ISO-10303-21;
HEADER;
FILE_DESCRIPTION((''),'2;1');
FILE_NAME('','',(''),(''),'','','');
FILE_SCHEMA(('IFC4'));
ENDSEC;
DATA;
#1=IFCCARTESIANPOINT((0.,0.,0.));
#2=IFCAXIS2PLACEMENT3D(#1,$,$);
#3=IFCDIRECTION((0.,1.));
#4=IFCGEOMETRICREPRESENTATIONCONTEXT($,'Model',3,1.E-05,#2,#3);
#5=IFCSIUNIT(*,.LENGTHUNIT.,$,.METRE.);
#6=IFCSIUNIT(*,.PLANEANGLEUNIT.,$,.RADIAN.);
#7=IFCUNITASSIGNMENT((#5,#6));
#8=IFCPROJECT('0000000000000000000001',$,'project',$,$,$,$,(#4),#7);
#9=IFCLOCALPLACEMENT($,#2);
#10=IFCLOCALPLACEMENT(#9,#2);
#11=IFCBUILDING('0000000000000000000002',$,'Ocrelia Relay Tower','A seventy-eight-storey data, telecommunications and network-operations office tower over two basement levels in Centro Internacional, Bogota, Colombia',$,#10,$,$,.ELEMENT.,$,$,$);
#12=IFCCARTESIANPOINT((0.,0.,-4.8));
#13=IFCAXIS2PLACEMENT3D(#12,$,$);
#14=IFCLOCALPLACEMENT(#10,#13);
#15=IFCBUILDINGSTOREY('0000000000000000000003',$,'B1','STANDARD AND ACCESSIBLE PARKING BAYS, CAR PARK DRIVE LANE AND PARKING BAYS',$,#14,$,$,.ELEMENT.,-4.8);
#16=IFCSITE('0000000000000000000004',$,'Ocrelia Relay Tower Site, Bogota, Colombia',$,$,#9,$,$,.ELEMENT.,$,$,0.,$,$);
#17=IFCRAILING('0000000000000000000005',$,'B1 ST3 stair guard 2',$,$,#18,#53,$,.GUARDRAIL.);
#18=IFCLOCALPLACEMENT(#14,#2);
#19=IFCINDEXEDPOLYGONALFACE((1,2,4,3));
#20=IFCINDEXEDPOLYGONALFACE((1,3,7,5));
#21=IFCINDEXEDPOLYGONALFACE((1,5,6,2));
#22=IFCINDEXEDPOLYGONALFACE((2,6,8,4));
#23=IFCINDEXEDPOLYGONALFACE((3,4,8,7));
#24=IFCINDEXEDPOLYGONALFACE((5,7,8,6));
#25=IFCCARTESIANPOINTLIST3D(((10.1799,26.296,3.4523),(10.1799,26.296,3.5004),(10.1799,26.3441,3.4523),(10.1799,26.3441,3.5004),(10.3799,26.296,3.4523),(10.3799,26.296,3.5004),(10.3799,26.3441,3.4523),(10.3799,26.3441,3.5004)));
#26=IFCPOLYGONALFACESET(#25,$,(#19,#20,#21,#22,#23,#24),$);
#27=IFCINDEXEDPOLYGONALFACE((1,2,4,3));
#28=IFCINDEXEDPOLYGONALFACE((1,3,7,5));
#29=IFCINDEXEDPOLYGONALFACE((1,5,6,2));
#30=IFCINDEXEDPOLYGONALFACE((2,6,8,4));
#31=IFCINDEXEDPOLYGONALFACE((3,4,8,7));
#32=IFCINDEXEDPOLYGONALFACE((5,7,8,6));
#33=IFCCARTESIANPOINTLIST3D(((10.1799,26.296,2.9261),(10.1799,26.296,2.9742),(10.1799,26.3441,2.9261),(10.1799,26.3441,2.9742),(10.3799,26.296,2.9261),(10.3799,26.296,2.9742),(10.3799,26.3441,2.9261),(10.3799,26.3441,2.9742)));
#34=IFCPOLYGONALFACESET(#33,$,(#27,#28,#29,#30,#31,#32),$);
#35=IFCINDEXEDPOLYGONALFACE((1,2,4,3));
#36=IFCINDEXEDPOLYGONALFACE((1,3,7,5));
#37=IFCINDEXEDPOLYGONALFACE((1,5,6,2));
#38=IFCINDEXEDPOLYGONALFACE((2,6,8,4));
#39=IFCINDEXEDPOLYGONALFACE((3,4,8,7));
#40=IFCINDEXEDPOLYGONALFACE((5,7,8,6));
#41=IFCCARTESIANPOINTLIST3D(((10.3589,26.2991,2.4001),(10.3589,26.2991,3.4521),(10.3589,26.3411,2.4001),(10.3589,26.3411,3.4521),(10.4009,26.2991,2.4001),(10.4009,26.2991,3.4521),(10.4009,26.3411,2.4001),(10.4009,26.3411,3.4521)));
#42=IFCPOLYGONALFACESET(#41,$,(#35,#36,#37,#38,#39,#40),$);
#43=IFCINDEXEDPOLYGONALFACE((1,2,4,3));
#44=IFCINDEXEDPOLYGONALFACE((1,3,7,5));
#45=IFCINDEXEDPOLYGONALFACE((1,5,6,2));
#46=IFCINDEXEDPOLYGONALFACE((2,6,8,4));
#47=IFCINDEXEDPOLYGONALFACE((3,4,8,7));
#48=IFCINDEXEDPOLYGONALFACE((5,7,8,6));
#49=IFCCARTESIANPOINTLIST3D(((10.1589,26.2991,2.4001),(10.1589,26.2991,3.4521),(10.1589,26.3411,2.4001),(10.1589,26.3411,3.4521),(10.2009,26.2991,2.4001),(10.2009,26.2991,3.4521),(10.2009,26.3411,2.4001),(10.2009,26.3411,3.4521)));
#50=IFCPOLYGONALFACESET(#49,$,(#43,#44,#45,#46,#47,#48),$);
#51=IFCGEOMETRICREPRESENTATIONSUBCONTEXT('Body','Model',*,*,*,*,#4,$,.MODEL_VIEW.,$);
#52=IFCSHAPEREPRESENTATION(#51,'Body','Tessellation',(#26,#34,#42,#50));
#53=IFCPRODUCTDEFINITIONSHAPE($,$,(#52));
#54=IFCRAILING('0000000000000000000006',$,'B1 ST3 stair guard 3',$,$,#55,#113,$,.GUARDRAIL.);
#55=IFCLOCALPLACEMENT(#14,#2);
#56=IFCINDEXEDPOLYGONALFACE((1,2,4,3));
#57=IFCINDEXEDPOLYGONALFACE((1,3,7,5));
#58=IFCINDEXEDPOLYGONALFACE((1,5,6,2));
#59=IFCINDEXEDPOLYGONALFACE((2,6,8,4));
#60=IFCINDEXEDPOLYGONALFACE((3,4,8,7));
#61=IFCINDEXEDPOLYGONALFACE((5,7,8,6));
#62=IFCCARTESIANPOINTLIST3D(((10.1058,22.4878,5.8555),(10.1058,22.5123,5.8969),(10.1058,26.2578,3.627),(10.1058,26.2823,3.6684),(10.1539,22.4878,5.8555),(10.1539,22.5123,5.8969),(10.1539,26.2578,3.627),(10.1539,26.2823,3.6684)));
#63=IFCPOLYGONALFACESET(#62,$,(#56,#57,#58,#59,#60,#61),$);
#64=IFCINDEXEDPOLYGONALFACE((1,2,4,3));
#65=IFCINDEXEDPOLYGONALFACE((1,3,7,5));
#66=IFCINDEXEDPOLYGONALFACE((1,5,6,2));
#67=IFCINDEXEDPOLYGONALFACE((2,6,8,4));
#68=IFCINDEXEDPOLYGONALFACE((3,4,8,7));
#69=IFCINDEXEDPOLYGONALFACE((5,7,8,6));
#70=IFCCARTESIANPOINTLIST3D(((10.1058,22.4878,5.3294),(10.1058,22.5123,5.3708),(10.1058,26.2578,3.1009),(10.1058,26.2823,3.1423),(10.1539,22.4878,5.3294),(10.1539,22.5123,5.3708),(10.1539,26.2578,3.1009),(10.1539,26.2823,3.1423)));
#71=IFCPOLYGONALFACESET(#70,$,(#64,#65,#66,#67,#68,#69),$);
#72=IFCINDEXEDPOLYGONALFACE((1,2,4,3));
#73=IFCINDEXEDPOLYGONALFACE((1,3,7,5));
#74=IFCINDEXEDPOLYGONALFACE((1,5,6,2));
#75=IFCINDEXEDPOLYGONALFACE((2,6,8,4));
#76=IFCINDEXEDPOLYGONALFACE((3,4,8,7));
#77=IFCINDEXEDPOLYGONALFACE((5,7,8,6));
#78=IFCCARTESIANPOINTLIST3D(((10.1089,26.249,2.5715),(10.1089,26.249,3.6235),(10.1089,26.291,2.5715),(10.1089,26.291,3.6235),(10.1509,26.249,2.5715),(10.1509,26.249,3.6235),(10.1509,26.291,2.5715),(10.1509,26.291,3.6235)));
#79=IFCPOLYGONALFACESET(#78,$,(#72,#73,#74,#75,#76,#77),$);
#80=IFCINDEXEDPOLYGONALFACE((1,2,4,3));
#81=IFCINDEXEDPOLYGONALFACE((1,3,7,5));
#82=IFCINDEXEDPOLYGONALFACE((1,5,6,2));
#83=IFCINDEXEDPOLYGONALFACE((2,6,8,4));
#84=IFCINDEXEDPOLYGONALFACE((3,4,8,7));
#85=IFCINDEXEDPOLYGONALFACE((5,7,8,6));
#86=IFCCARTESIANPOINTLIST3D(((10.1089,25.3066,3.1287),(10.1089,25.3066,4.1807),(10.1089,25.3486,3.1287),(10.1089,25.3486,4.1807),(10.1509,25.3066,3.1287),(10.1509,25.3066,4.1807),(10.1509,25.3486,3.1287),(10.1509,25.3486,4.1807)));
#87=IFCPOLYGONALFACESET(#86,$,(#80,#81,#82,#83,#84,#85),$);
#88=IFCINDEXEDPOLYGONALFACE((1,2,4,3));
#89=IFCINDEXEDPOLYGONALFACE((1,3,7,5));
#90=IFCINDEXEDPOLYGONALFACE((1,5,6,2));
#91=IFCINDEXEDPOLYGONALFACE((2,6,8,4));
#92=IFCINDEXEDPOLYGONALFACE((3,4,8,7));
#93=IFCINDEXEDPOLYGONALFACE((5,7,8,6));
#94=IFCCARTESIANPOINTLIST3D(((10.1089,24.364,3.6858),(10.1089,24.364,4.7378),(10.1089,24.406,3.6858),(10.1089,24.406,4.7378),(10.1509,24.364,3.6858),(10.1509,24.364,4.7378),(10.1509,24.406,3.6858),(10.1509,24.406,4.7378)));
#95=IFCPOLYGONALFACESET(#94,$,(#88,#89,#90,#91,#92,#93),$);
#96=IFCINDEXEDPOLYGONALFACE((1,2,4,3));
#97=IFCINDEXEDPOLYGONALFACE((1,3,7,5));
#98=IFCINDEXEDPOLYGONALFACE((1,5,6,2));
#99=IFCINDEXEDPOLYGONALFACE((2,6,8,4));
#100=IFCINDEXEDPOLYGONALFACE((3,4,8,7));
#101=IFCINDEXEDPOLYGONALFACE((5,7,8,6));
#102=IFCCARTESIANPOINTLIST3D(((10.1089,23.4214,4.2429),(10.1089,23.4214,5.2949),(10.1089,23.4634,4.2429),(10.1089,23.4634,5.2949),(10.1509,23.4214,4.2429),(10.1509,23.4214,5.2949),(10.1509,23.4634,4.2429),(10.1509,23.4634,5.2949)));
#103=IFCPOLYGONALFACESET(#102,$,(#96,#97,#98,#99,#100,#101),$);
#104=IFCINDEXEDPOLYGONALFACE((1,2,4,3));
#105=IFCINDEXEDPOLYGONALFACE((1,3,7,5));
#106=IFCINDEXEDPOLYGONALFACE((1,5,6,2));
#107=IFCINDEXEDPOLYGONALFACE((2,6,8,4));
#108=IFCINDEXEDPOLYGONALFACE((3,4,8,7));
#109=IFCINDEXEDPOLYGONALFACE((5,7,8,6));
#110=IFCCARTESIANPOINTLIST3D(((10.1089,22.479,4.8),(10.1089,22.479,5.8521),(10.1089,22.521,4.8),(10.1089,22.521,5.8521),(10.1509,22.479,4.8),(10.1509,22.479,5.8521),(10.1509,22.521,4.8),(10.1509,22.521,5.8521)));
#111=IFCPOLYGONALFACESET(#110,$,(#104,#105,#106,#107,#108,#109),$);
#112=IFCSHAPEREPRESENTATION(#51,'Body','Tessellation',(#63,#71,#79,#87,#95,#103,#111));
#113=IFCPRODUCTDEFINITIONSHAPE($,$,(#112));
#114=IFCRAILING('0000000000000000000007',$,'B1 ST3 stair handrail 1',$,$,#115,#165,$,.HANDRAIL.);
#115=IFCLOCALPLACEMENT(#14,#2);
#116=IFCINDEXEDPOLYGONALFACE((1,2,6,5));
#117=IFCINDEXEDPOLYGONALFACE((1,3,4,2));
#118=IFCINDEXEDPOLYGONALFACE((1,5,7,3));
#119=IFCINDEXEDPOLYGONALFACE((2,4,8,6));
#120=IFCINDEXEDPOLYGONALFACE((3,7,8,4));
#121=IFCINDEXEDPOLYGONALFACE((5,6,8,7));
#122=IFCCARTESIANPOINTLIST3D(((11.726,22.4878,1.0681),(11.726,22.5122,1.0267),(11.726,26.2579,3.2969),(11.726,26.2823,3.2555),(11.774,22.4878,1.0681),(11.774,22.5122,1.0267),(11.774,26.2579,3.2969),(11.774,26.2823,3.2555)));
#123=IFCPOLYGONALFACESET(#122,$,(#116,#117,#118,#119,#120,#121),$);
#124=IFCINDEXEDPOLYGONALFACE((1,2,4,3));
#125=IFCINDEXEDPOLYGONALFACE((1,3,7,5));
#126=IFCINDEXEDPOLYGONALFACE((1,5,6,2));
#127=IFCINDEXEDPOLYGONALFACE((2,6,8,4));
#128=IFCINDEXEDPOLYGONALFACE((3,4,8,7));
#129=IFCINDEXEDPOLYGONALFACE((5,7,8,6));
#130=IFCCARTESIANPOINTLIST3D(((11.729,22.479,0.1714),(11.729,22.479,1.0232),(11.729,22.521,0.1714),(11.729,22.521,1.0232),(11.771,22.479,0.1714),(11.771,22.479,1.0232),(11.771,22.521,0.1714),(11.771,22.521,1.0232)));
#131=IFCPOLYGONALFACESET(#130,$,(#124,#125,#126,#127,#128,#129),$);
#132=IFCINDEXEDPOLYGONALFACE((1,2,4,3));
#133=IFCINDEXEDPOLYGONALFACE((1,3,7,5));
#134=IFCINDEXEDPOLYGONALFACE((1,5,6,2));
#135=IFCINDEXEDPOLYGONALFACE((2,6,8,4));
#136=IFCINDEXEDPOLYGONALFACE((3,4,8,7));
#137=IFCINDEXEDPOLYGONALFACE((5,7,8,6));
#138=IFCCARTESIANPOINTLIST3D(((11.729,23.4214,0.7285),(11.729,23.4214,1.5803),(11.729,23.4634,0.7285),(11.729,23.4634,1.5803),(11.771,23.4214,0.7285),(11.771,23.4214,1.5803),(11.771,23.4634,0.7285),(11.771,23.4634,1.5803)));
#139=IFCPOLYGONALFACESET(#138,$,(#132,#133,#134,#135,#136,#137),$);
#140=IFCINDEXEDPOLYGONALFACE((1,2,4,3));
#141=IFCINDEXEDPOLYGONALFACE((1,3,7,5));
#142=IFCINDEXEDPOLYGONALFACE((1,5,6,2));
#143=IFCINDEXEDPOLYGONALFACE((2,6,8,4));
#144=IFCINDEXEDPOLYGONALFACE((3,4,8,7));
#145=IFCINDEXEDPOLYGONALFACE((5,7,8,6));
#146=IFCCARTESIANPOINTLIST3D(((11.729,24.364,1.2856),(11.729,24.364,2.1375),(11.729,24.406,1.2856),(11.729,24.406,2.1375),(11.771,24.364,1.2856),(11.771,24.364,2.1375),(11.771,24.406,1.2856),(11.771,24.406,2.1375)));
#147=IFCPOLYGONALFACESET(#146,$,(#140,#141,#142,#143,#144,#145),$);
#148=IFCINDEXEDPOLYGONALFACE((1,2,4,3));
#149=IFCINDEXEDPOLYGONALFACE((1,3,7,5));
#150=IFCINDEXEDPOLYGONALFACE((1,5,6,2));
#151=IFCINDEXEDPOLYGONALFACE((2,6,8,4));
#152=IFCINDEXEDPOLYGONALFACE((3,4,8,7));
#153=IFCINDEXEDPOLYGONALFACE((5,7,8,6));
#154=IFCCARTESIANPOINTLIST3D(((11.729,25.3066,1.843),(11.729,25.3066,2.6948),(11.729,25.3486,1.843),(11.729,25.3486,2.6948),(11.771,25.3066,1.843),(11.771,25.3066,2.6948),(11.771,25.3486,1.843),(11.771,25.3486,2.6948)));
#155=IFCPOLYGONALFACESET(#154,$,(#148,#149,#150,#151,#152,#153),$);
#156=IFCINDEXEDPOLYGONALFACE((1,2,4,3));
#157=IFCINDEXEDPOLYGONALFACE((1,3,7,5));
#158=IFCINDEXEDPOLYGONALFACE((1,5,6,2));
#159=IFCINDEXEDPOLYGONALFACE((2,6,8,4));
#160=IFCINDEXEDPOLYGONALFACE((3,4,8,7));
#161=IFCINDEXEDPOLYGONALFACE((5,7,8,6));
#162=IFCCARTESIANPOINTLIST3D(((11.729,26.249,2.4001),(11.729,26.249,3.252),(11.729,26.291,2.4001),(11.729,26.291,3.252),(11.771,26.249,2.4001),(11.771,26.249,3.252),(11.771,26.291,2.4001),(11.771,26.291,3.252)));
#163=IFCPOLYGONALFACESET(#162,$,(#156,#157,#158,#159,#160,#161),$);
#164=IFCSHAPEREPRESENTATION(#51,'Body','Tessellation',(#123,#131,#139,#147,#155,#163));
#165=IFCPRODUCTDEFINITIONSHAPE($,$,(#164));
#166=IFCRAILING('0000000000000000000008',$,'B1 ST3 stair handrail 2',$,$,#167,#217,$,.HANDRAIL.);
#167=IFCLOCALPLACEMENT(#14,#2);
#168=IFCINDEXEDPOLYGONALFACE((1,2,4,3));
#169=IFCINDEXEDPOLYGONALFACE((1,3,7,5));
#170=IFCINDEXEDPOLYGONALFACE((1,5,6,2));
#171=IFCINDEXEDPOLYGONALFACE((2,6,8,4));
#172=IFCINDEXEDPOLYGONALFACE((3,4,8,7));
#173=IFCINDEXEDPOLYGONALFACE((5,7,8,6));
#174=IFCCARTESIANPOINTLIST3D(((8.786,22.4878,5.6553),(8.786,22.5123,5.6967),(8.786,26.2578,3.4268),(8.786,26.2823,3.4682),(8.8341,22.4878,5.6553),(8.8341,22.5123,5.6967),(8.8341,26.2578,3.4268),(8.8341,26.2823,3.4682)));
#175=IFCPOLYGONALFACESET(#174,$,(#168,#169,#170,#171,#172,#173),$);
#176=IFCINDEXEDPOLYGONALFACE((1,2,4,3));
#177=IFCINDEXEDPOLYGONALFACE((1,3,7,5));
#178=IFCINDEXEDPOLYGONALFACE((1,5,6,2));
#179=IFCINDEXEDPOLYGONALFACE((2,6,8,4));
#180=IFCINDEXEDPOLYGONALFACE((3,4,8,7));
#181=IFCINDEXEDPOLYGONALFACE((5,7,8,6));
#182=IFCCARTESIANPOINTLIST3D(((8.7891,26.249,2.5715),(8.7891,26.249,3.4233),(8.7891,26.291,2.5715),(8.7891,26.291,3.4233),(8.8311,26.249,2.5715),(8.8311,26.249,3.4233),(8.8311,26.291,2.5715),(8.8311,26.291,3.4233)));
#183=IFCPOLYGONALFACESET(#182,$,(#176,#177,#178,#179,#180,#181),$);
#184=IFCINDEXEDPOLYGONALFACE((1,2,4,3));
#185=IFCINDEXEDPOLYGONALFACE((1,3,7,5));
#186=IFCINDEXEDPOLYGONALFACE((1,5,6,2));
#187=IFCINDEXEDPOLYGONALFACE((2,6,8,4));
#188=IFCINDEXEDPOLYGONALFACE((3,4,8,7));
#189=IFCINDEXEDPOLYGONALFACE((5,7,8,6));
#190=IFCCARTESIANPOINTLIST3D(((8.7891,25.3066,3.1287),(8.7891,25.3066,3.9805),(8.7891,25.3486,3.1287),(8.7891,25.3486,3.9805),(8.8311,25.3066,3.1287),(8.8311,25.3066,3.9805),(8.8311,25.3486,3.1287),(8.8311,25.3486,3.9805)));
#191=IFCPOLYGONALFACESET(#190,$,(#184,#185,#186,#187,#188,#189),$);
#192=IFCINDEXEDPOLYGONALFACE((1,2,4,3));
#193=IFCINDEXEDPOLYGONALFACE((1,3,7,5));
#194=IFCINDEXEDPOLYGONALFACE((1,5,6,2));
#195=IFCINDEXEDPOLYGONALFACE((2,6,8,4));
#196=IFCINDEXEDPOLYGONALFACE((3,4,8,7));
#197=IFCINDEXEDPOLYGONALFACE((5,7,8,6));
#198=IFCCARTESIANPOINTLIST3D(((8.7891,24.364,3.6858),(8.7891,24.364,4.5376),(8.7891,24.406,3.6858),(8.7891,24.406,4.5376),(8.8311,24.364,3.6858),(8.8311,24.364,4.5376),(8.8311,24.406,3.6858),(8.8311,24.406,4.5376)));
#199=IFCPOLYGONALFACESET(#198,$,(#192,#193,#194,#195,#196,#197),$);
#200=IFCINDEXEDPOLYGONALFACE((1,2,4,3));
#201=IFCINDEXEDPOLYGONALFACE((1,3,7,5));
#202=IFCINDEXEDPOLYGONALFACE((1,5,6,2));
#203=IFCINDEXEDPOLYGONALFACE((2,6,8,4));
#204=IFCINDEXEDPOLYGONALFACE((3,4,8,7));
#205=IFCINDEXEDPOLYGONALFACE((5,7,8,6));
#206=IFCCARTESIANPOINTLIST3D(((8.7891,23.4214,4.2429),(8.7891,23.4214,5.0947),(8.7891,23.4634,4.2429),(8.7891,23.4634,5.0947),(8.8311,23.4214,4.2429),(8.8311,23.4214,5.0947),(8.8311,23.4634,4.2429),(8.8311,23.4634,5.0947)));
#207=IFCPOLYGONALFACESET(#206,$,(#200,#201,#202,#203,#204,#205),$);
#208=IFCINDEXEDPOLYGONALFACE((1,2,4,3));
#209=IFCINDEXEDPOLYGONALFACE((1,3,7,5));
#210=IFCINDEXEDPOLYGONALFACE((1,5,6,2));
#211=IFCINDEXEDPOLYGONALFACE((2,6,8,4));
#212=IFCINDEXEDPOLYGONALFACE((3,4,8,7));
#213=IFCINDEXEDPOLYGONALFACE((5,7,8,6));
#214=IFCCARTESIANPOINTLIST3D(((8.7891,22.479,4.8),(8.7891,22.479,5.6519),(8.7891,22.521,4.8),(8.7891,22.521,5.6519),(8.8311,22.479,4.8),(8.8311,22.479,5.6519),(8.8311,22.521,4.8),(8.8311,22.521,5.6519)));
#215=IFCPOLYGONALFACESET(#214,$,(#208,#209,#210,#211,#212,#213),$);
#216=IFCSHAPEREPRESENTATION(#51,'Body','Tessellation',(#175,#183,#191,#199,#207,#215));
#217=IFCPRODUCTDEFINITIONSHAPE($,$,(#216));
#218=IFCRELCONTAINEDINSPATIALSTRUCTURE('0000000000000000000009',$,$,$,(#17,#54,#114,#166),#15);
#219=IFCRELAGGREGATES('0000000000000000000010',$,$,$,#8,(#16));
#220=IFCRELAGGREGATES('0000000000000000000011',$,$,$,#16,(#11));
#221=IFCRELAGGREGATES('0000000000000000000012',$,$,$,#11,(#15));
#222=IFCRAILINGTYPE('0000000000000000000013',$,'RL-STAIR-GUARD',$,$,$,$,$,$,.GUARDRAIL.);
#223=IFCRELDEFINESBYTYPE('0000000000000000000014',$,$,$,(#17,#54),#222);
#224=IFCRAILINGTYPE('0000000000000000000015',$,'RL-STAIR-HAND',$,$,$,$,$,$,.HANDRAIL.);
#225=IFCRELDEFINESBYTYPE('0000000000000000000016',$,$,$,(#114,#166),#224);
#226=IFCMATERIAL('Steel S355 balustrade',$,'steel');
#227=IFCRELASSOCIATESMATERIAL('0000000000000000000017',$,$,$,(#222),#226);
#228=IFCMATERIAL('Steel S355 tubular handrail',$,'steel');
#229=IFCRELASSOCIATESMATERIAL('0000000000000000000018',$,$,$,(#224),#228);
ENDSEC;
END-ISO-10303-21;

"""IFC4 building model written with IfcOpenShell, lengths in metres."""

from ifc_helpers import new_model, si_unit, direction, frame, origin, origin_2d, place, context, subcontext, project, spatial, rectangle, extrude, material, type_object, element, save


model = new_model("IFC4")

# Units and contexts
model_context = context("Model", 3, precision=1e-05, world=origin(), true_north=direction((0.0, 1.0)))
body_context = subcontext(model_context, "Body", "Model", "MODEL_VIEW")
ifc_project = project(units=[si_unit("LENGTHUNIT", "METRE"), si_unit("PLANEANGLEUNIT", "RADIAN")], contexts=[model_context])

# Site, building, storey
site_placement = place(None, origin())
site = spatial("IfcSite", under=ifc_project, at=site_placement, Name="Ocrelia Relay Tower Site, Bogota, Colombia", CompositionType="ELEMENT", RefElevation=0.0)
building_placement = place(site_placement, origin())
building = spatial("IfcBuilding", under=site, at=building_placement, Name="Ocrelia Relay Tower", Description="A seventy-eight-storey data, telecommunications and network-operations office tower over two basement levels in Centro Internacional, Bogota, Colombia", CompositionType="ELEMENT")
storey_placement = place(building_placement, frame((0.0, 0.0, -4.8)))
storey = spatial("IfcBuildingStorey", under=building, at=storey_placement, Name="B1", Description="STANDARD AND ACCESSIBLE PARKING BAYS, CAR PARK DRIVE LANE AND PARKING BAYS", CompositionType="ELEMENT", Elevation=-4.8)

# Railings
ifc_material_1 = material(Name="Steel S355 balustrade", Category="steel")
railing_type_1 = type_object("IfcRailingType", Name="RL-STAIR-GUARD", PredefinedType="GUARDRAIL", material=ifc_material_1)
railing_1_placement = place(storey_placement, frame((10.3799, 26.3201, 2.4001)))
element("IfcRailing", 1, at=railing_1_placement, inside=storey, type_object=railing_type_1, Name="B1 ST3 stair guard 2", PredefinedType="GUARDRAIL", context=body_context, shape_type="SweptSolid", body=[
    extrude(rectangle(XDim=0.0481, YDim=0.0481, at=origin_2d()), frame((0.0, 0.0, 1.0762), z_axis=(-1.0, 0.0, 0.0), x_axis=(0.0, -1.0, 0.0)), (0.0, 0.0, 1.0), 0.2),
    extrude(rectangle(XDim=0.0481, YDim=0.0481, at=origin_2d()), frame((0.0, 0.0, 0.55), z_axis=(-1.0, 0.0, 0.0), x_axis=(0.0, -1.0, 0.0)), (0.0, 0.0, 1.0), 0.2),
    extrude(rectangle(XDim=0.042, YDim=0.042, at=origin_2d()), origin(), (0.0, 0.0, 1.0), 1.052),
    extrude(rectangle(XDim=0.042, YDim=0.042, at=origin_2d()), frame((-0.2, 0.0, 0.0)), (0.0, 0.0, 1.0), 1.052),
])
railing_2_placement = place(storey_placement, frame((10.1299, 26.27, 2.5715)))
element("IfcRailing", 2, at=railing_2_placement, inside=storey, type_object=railing_type_1, Name="B1 ST3 stair guard 3", PredefinedType="GUARDRAIL", context=body_context, shape_type="SweptSolid", body=[
    extrude(rectangle(XDim=0.0481, YDim=0.0481, at=origin_2d()), frame((0.0, 0.0, 1.0762), z_axis=(0.0, -0.860849, 0.508861), x_axis=(1.0, 0.0, 0.0)), (0.0, 0.0, 1.0), 4.3794),
    extrude(rectangle(XDim=0.0481, YDim=0.0481, at=origin_2d()), frame((0.0, 0.0, 0.55), z_axis=(0.0, -0.860849, 0.508861), x_axis=(1.0, 0.0, 0.0)), (0.0, 0.0, 1.0), 4.3794),
    extrude(rectangle(XDim=0.042, YDim=0.042, at=origin_2d()), origin(), (0.0, 0.0, 1.0), 1.052),
    extrude(rectangle(XDim=0.042, YDim=0.042, at=origin_2d()), frame((0.0, -0.9424, 0.5571)), (0.0, 0.0, 1.0), 1.052),
    extrude(rectangle(XDim=0.042, YDim=0.042, at=origin_2d()), frame((0.0, -1.885, 1.1143)), (0.0, 0.0, 1.0), 1.052),
    extrude(rectangle(XDim=0.042, YDim=0.042, at=origin_2d()), frame((0.0, -2.8276, 1.6714)), (0.0, 0.0, 1.0), 1.052),
    extrude(rectangle(XDim=0.042, YDim=0.042, at=origin_2d()), frame((0.0, -3.77, 2.2285)), (0.0, 0.0, 1.0), 1.052),
])
ifc_material_2 = material(Name="Steel S355 tubular handrail", Category="steel")
railing_type_2 = type_object("IfcRailingType", Name="RL-STAIR-HAND", PredefinedType="HANDRAIL", material=ifc_material_2)
railing_3_placement = place(storey_placement, frame((11.75, 22.5, 0.1714)))
element("IfcRailing", 3, at=railing_3_placement, inside=storey, type_object=railing_type_2, Name="B1 ST3 stair handrail 1", PredefinedType="HANDRAIL", context=body_context, shape_type="SweptSolid", body=[
    extrude(rectangle(XDim=0.0481, YDim=0.0481, at=origin_2d()), frame((0.0, 0.0, 0.876), z_axis=(0.0, 0.860824, 0.508902), x_axis=(-1.0, 0.0, 0.0)), (0.0, 0.0, 1.0), 4.3796),
    extrude(rectangle(XDim=0.042, YDim=0.042, at=origin_2d()), origin(), (0.0, 0.0, 1.0), 0.8518),
    extrude(rectangle(XDim=0.042, YDim=0.042, at=origin_2d()), frame((0.0, 0.9424, 0.5571)), (0.0, 0.0, 1.0), 0.8518),
    extrude(rectangle(XDim=0.042, YDim=0.042, at=origin_2d()), frame((0.0, 1.885, 1.1143)), (0.0, 0.0, 1.0), 0.8518),
    extrude(rectangle(XDim=0.042, YDim=0.042, at=origin_2d()), frame((0.0, 2.8276, 1.6716)), (0.0, 0.0, 1.0), 0.8518),
    extrude(rectangle(XDim=0.042, YDim=0.042, at=origin_2d()), frame((0.0, 3.77, 2.2288)), (0.0, 0.0, 1.0), 0.8518),
])
railing_4_placement = place(storey_placement, frame((8.8101, 26.27, 2.5715)))
element("IfcRailing", 4, at=railing_4_placement, inside=storey, type_object=railing_type_2, Name="B1 ST3 stair handrail 2", PredefinedType="HANDRAIL", context=body_context, shape_type="SweptSolid", body=[
    extrude(rectangle(XDim=0.0481, YDim=0.0481, at=origin_2d()), frame((0.0, 0.0, 0.876), z_axis=(0.0, -0.860849, 0.508861), x_axis=(1.0, 0.0, 0.0)), (0.0, 0.0, 1.0), 4.3794),
    extrude(rectangle(XDim=0.042, YDim=0.042, at=origin_2d()), origin(), (0.0, 0.0, 1.0), 0.8518),
    extrude(rectangle(XDim=0.042, YDim=0.042, at=origin_2d()), frame((0.0, -0.9424, 0.5571)), (0.0, 0.0, 1.0), 0.8518),
    extrude(rectangle(XDim=0.042, YDim=0.042, at=origin_2d()), frame((0.0, -1.885, 1.1143)), (0.0, 0.0, 1.0), 0.8518),
    extrude(rectangle(XDim=0.042, YDim=0.042, at=origin_2d()), frame((0.0, -2.8276, 1.6714)), (0.0, 0.0, 1.0), 0.8518),
    extrude(rectangle(XDim=0.042, YDim=0.042, at=origin_2d()), frame((0.0, -3.77, 2.2285)), (0.0, 0.0, 1.0), 0.8518),
])

save(model, "model.ifc")
